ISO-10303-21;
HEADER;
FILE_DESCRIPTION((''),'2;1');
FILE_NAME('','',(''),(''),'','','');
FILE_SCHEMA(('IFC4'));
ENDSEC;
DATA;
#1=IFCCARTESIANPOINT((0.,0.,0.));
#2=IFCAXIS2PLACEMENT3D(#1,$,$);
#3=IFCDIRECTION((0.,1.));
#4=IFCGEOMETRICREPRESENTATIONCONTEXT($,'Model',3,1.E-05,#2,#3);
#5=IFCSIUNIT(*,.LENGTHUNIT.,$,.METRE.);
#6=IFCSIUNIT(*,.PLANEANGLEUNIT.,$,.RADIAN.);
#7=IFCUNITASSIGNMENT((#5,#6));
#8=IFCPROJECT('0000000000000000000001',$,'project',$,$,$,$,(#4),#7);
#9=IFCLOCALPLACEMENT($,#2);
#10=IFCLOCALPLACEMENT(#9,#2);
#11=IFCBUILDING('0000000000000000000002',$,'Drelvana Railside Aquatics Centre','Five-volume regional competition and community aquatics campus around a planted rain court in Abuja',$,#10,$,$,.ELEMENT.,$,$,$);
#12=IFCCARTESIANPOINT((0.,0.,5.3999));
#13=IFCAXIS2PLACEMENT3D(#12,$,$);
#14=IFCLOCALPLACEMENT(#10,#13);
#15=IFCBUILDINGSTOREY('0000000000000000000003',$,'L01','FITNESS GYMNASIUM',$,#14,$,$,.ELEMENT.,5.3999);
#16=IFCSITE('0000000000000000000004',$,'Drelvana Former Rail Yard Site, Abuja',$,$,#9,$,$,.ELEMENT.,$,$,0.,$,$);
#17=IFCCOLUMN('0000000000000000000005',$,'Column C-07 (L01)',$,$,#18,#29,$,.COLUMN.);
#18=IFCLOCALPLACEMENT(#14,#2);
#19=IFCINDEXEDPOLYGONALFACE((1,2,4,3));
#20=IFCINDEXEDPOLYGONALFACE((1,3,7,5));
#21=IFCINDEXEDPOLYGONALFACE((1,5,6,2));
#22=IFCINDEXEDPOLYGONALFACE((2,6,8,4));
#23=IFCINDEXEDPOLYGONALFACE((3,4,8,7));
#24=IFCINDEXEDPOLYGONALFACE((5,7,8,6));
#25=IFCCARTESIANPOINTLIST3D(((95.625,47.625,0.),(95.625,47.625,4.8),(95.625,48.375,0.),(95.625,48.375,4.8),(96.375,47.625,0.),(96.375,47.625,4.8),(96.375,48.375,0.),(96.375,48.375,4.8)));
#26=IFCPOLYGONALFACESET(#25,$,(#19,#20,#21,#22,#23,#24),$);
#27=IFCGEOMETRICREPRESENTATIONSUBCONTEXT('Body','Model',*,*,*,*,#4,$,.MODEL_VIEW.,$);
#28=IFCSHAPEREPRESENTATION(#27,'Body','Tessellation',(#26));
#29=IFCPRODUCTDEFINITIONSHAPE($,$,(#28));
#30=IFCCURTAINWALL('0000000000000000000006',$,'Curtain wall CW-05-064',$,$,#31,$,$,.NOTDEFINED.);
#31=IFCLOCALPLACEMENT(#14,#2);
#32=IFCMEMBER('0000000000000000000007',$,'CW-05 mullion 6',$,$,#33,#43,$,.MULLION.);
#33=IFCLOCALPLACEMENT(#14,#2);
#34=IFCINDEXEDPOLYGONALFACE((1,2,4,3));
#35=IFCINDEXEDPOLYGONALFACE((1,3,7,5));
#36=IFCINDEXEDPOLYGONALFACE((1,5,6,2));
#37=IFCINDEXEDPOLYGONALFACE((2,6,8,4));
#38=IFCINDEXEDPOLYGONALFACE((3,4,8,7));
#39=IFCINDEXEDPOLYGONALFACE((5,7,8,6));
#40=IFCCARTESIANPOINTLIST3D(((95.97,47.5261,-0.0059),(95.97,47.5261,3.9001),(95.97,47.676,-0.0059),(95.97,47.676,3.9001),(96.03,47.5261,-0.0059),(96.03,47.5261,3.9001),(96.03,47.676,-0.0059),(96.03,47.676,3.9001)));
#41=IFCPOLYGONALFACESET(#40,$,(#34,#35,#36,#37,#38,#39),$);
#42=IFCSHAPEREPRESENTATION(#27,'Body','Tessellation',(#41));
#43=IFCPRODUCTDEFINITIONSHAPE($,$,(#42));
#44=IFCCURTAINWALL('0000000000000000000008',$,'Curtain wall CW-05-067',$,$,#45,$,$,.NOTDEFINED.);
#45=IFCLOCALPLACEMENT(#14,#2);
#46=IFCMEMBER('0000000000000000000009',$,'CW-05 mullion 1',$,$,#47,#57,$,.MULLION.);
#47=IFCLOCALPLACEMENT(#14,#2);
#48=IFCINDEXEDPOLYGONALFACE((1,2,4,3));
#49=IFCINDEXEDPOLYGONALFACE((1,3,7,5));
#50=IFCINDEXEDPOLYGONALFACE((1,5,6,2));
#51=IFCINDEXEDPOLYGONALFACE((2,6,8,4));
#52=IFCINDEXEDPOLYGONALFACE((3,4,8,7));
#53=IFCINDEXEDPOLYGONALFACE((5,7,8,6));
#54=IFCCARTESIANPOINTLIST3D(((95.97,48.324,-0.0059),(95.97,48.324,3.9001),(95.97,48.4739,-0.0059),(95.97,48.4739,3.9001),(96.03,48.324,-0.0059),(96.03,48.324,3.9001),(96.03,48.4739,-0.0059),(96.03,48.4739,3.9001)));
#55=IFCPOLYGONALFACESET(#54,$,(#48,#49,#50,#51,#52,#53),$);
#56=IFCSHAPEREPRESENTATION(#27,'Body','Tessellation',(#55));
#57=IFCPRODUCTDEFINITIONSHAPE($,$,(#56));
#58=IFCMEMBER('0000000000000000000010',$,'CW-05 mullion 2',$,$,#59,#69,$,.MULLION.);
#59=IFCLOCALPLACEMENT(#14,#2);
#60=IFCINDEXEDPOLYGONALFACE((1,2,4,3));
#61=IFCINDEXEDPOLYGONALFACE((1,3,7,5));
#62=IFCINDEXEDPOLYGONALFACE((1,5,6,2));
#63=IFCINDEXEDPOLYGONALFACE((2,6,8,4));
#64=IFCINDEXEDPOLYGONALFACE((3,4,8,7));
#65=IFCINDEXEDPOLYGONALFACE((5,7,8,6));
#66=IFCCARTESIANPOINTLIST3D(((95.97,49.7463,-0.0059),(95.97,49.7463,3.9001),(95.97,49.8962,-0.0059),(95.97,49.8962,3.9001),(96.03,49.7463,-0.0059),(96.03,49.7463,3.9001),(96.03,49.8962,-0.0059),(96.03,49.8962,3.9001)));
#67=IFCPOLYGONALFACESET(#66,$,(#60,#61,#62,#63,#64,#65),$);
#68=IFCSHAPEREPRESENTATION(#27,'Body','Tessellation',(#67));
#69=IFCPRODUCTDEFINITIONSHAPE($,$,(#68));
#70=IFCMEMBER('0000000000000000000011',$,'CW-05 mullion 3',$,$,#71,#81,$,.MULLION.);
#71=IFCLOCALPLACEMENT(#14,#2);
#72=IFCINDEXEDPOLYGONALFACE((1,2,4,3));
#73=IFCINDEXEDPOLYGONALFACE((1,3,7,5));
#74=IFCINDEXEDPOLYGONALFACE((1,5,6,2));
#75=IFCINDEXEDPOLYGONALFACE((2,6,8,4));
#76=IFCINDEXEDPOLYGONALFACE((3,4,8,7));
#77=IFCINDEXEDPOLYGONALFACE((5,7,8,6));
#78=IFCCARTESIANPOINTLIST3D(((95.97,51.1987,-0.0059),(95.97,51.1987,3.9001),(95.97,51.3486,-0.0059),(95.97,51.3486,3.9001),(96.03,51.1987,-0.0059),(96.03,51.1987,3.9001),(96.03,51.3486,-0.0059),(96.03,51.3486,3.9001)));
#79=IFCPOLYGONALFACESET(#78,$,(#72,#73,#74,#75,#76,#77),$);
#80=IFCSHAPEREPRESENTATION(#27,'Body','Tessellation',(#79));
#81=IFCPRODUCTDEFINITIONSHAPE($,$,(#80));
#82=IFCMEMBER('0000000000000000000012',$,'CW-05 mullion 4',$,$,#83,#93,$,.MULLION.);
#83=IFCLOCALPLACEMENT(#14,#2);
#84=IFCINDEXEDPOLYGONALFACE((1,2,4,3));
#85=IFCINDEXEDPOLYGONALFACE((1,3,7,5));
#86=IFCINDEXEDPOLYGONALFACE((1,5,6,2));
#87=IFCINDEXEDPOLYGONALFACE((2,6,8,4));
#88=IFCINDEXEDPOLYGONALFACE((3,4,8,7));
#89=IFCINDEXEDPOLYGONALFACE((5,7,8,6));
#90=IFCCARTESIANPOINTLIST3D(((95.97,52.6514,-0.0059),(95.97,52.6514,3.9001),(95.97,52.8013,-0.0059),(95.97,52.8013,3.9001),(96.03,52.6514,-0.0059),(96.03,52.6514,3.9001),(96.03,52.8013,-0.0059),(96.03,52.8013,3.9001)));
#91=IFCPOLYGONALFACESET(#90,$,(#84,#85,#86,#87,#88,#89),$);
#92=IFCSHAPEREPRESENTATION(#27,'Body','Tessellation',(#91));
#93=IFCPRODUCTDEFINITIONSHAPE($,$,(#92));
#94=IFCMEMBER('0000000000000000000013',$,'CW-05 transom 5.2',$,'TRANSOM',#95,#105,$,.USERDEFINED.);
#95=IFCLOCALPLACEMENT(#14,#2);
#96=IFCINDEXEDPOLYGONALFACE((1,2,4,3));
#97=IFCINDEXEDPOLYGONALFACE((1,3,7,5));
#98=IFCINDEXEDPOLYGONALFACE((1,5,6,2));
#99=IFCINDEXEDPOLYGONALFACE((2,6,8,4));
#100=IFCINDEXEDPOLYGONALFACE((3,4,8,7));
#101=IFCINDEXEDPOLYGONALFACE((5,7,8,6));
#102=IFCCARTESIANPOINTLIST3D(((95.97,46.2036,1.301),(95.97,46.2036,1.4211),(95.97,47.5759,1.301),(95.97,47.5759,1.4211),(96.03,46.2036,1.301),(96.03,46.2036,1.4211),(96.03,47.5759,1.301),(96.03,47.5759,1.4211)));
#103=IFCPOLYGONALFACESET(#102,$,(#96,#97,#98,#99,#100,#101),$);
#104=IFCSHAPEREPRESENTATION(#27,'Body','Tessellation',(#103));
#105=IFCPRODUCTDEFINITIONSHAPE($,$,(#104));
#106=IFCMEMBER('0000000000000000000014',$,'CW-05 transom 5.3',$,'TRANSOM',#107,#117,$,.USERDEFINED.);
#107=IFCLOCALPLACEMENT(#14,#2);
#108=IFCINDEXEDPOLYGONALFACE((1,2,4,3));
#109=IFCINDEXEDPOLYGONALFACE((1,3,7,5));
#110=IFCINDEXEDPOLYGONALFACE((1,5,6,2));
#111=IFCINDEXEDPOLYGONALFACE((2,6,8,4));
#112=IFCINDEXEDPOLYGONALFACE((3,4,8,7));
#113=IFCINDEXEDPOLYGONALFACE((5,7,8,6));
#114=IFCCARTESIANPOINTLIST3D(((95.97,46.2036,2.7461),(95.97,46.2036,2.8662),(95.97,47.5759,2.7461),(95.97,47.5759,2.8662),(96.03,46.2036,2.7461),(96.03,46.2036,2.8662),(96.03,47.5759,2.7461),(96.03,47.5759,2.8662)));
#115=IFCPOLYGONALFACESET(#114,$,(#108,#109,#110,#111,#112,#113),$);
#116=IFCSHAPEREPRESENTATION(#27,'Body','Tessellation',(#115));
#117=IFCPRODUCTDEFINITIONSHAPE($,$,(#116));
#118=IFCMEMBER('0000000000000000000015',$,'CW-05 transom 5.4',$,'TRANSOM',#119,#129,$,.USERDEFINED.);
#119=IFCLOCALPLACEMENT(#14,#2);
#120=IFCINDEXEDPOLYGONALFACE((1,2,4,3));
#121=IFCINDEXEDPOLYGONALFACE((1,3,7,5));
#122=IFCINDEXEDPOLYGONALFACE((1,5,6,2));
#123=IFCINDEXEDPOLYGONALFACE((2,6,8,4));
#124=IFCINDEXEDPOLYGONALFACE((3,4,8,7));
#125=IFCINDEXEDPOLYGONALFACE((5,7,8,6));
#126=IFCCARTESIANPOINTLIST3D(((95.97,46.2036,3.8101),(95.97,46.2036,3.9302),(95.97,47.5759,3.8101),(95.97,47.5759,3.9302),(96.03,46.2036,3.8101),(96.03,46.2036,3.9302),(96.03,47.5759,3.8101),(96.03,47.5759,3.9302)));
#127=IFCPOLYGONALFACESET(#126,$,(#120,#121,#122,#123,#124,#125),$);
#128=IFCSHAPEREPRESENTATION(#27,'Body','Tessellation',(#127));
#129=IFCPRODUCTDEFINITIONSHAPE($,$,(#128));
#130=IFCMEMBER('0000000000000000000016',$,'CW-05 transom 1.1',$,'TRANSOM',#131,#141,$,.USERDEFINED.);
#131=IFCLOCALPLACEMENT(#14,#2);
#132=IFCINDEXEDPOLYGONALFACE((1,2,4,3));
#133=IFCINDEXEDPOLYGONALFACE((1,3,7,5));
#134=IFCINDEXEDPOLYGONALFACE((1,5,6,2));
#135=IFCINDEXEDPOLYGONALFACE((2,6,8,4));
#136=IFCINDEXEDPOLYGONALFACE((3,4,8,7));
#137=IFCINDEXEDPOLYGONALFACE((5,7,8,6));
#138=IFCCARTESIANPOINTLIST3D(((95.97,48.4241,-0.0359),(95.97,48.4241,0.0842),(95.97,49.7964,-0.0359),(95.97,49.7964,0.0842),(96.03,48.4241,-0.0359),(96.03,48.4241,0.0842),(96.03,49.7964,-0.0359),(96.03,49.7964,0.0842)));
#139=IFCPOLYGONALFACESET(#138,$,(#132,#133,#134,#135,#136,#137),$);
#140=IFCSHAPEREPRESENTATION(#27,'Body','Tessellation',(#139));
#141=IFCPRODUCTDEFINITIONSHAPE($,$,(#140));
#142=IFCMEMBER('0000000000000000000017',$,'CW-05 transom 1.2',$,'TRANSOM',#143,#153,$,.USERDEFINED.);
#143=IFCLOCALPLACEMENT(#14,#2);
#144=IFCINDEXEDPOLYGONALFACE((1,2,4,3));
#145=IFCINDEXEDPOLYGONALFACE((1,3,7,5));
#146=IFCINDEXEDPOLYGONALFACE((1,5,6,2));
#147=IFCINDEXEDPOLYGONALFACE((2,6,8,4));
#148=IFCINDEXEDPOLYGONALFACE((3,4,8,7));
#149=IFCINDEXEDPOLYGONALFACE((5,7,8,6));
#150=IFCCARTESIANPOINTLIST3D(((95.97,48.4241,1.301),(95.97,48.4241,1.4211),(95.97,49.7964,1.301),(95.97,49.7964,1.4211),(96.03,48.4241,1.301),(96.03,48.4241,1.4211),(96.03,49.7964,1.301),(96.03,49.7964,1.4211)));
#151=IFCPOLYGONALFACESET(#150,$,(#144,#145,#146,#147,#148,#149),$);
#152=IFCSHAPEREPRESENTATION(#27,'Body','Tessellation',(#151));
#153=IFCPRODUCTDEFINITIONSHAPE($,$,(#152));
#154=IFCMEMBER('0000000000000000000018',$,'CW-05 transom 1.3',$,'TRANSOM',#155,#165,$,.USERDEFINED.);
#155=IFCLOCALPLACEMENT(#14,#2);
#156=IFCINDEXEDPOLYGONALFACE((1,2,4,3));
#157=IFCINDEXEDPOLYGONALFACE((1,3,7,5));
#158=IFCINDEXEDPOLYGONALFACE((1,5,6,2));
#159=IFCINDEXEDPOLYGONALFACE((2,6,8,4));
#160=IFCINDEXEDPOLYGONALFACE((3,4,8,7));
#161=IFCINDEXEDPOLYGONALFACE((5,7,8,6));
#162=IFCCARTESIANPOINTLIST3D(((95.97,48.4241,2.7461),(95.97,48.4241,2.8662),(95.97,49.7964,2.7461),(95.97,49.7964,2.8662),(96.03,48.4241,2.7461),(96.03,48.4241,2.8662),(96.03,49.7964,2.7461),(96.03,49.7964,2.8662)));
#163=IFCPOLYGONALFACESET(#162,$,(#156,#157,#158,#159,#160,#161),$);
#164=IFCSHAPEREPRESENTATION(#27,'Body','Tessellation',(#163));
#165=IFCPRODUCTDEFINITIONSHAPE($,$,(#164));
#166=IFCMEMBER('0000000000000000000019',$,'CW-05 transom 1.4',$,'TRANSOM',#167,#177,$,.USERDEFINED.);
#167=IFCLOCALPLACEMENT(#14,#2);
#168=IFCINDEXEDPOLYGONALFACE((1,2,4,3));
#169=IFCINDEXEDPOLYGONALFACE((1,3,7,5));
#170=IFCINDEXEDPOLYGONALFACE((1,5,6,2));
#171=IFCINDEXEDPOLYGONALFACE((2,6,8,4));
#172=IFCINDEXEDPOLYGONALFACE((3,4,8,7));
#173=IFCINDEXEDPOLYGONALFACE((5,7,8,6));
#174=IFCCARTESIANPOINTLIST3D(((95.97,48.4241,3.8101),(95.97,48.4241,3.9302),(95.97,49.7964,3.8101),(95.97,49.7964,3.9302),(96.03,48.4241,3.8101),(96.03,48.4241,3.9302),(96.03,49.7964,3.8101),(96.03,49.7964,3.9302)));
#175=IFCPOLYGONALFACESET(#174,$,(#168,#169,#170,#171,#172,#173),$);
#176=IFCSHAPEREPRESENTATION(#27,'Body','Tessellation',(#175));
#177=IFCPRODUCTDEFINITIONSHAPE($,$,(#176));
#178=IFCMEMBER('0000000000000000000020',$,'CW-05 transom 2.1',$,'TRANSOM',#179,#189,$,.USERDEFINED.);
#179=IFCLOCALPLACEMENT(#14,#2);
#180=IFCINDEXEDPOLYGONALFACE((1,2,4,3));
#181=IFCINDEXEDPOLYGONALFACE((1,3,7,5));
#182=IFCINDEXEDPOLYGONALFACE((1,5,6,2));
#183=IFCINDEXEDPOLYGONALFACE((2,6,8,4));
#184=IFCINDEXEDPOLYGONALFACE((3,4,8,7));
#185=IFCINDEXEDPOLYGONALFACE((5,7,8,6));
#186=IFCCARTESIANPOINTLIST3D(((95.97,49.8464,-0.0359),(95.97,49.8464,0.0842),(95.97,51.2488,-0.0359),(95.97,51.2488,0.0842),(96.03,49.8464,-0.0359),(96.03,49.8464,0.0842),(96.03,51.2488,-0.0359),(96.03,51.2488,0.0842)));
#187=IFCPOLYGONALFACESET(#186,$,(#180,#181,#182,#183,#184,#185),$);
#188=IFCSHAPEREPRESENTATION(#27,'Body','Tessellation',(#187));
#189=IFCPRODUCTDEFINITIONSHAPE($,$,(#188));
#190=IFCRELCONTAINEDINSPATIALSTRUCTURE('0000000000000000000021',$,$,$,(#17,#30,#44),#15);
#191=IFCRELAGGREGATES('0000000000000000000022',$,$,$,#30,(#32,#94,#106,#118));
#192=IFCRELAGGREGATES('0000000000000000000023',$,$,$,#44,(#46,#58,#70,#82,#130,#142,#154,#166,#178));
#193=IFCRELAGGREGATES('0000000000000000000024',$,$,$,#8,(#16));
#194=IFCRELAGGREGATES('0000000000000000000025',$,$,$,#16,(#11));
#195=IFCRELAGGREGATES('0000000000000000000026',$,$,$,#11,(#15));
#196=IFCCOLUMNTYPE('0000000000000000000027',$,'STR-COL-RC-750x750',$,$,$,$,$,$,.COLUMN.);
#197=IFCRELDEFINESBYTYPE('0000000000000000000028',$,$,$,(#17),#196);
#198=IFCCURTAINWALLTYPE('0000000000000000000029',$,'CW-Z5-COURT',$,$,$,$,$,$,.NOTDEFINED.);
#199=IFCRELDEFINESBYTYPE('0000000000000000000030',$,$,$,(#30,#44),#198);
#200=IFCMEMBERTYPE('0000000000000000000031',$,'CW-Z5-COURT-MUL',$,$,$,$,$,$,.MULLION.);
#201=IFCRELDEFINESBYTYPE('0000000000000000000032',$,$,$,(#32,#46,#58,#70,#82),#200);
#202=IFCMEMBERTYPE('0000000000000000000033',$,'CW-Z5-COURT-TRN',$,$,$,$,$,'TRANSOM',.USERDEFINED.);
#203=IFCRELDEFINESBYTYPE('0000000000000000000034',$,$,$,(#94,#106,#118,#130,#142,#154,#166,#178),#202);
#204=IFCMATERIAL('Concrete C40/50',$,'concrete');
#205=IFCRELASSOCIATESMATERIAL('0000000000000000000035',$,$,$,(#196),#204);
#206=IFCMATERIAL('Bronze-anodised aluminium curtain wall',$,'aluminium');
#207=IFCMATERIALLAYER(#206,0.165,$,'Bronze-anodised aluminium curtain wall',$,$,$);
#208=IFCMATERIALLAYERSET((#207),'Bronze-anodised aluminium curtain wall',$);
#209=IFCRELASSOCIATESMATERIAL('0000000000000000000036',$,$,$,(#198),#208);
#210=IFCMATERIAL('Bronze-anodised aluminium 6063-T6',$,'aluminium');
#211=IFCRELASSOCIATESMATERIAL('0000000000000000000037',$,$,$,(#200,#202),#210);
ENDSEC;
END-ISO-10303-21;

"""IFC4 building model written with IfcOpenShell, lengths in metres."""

from ifc_helpers import new_model, si_unit, direction, frame, origin, origin_2d, place, context, subcontext, project, spatial, rectangle, extrude, material, layer, layer_set, material_profile, profile_set, type_object, element, aggregate, save


model = new_model("IFC4")

# Units and contexts
model_context = context("Model", 3, precision=1e-05, world=origin(), true_north=direction((0.0, 1.0)))
body_context = subcontext(model_context, "Body", "Model", "MODEL_VIEW")
ifc_project = project(units=[si_unit("LENGTHUNIT", "METRE"), si_unit("PLANEANGLEUNIT", "RADIAN")], contexts=[model_context])

# Site, building, storey
site_placement = place(None, origin())
site = spatial("IfcSite", under=ifc_project, at=site_placement, Name="Drelvana Former Rail Yard Site, Abuja", CompositionType="ELEMENT", RefElevation=0.0)
building_placement = place(site_placement, origin())
building = spatial("IfcBuilding", under=site, at=building_placement, Name="Drelvana Railside Aquatics Centre", Description="Five-volume regional competition and community aquatics campus around a planted rain court in Abuja", CompositionType="ELEMENT")
storey_placement = place(building_placement, frame((0.0, 0.0, 5.3999)))
storey = spatial("IfcBuildingStorey", under=building, at=storey_placement, Name="L01", Description="FITNESS GYMNASIUM", CompositionType="ELEMENT", Elevation=5.3999)

# Column
ifc_material_1 = material(Name="Concrete C40/50", Category="concrete")
ifc_material_profile_1 = material_profile(ifc_material_1, rectangle(XDim=0.75, YDim=0.75, at=origin_2d()), Name="RC 750x750")
ifc_profile_set_1 = profile_set([ifc_material_profile_1], Name="Concrete C40/50")
column_type = type_object("IfcColumnType", Name="STR-COL-RC-750x750", PredefinedType="COLUMN", material=ifc_profile_set_1)
column_placement = place(storey_placement, frame((96.0, 48.0, 0.0), z_axis=(0.0, 0.0, 1.0), x_axis=(1.0, 0.0, 0.0)))
element("IfcColumn", 1, at=column_placement, inside=storey, type_object=column_type, Name="Column C-07 (L01)", PredefinedType="COLUMN", context=body_context, shape_type="SweptSolid", body=[
    extrude(rectangle(XDim=0.75, YDim=0.75, at=origin_2d()), origin(), (0.0, 0.0, 1.0), 4.8),
])

# Curtain wall, member
ifc_material_2 = material(Name="Bronze-anodised aluminium curtain wall", Category="aluminium")
ifc_layer_1 = layer(ifc_material_2, 0.165, Name="Bronze-anodised aluminium curtain wall")
ifc_layer_set_1 = layer_set([ifc_layer_1], Name="Bronze-anodised aluminium curtain wall")
curtain_wall_type = type_object("IfcCurtainWallType", Name="CW-Z5-COURT", PredefinedType="NOTDEFINED", material=ifc_layer_set_1)
curtain_wall_1_placement = place(storey_placement, origin())
curtain_wall_1 = element("IfcCurtainWall", 2, at=curtain_wall_1_placement, inside=storey, type_object=curtain_wall_type, Name="Curtain wall CW-05-064", PredefinedType="NOTDEFINED")
ifc_material_3 = material(Name="Bronze-anodised aluminium 6063-T6", Category="aluminium")
ifc_material_profile_2 = material_profile(ifc_material_3, rectangle(XDim=0.0601, YDim=0.1499, at=origin_2d()), Name="ALU-M 60x150")
ifc_profile_set_2 = profile_set([ifc_material_profile_2], Name="Bronze-anodised aluminium 6063-T6")
member_type_1 = type_object("IfcMemberType", Name="CW-Z5-COURT-MUL", PredefinedType="MULLION", material=ifc_profile_set_2)
member_1_placement = place(storey_placement, frame((96.0, 47.6011, -0.0059), z_axis=(0.0, 0.0, 1.0), x_axis=(-1.0, 0.0, 0.0)))
member_1 = element("IfcMember", 3, at=member_1_placement, type_object=member_type_1, Name="CW-05 mullion 6", PredefinedType="MULLION", context=body_context, shape_type="SweptSolid", body=[
    extrude(rectangle(XDim=0.0601, YDim=0.1499, at=origin_2d()), origin(), (0.0, 0.0, 1.0), 3.906),
])

# Curtain wall, members
curtain_wall_2_placement = place(storey_placement, origin())
curtain_wall_2 = element("IfcCurtainWall", 4, at=curtain_wall_2_placement, inside=storey, type_object=curtain_wall_type, Name="Curtain wall CW-05-067", PredefinedType="NOTDEFINED")
member_2_placement = place(storey_placement, frame((96.0, 48.3989, -0.0059), z_axis=(0.0, 0.0, 1.0), x_axis=(-1.0, 0.0, 0.0)))
member_2 = element("IfcMember", 5, at=member_2_placement, type_object=member_type_1, Name="CW-05 mullion 1", PredefinedType="MULLION", context=body_context, shape_type="SweptSolid", body=[
    extrude(rectangle(XDim=0.0601, YDim=0.1499, at=origin_2d()), origin(), (0.0, 0.0, 1.0), 3.906),
])
member_3_placement = place(storey_placement, frame((96.0, 49.8213, -0.0059), z_axis=(0.0, 0.0, 1.0), x_axis=(-1.0, 0.0, 0.0)))
member_3 = element("IfcMember", 6, at=member_3_placement, type_object=member_type_1, Name="CW-05 mullion 2", PredefinedType="MULLION", context=body_context, shape_type="SweptSolid", body=[
    extrude(rectangle(XDim=0.0601, YDim=0.1499, at=origin_2d()), origin(), (0.0, 0.0, 1.0), 3.906),
])
member_4_placement = place(storey_placement, frame((96.0, 51.2737, -0.0059), z_axis=(0.0, 0.0, 1.0), x_axis=(-1.0, 0.0, 0.0)))
member_4 = element("IfcMember", 7, at=member_4_placement, type_object=member_type_1, Name="CW-05 mullion 3", PredefinedType="MULLION", context=body_context, shape_type="SweptSolid", body=[
    extrude(rectangle(XDim=0.0601, YDim=0.1499, at=origin_2d()), origin(), (0.0, 0.0, 1.0), 3.906),
])
member_5_placement = place(storey_placement, frame((96.0, 52.7263, -0.0059), z_axis=(0.0, 0.0, 1.0), x_axis=(-1.0, 0.0, 0.0)))
member_5 = element("IfcMember", 8, at=member_5_placement, type_object=member_type_1, Name="CW-05 mullion 4", PredefinedType="MULLION", context=body_context, shape_type="SweptSolid", body=[
    extrude(rectangle(XDim=0.0601, YDim=0.1499, at=origin_2d()), origin(), (0.0, 0.0, 1.0), 3.906),
])

# Members
ifc_material_profile_3 = material_profile(ifc_material_3, rectangle(XDim=0.1201, YDim=0.0601, at=origin_2d()), Name="ALU-T 60x120")
ifc_profile_set_3 = profile_set([ifc_material_profile_3], Name="Bronze-anodised aluminium 6063-T6")
member_type_2 = type_object("IfcMemberType", Name="CW-Z5-COURT-TRN", ElementType="TRANSOM", PredefinedType="USERDEFINED", material=ifc_profile_set_3)
member_6_placement = place(storey_placement, frame((96.0, 46.2036, 1.3611), z_axis=(0.0, 1.0, 0.0), x_axis=(0.0, 0.0, 1.0)))
member_6 = element("IfcMember", 9, at=member_6_placement, type_object=member_type_2, Name="CW-05 transom 5.2", ObjectType="TRANSOM", PredefinedType="USERDEFINED", context=body_context, shape_type="SweptSolid", body=[
    extrude(rectangle(XDim=0.1201, YDim=0.0601, at=origin_2d()), origin(), (0.0, 0.0, 1.0), 1.3723),
])
member_7_placement = place(storey_placement, frame((96.0, 46.2036, 2.8062), z_axis=(0.0, 1.0, 0.0), x_axis=(0.0, 0.0, 1.0)))
member_7 = element("IfcMember", 10, at=member_7_placement, type_object=member_type_2, Name="CW-05 transom 5.3", ObjectType="TRANSOM", PredefinedType="USERDEFINED", context=body_context, shape_type="SweptSolid", body=[
    extrude(rectangle(XDim=0.1201, YDim=0.0601, at=origin_2d()), origin(), (0.0, 0.0, 1.0), 1.3723),
])
member_8_placement = place(storey_placement, frame((96.0, 46.2036, 3.8701), z_axis=(0.0, 1.0, 0.0), x_axis=(0.0, 0.0, 1.0)))
member_8 = element("IfcMember", 11, at=member_8_placement, type_object=member_type_2, Name="CW-05 transom 5.4", ObjectType="TRANSOM", PredefinedType="USERDEFINED", context=body_context, shape_type="SweptSolid", body=[
    extrude(rectangle(XDim=0.1201, YDim=0.0601, at=origin_2d()), origin(), (0.0, 0.0, 1.0), 1.3723),
])
member_9_placement = place(storey_placement, frame((96.0, 48.4241, 0.0242), z_axis=(0.0, 1.0, 0.0), x_axis=(0.0, 0.0, 1.0)))
member_9 = element("IfcMember", 12, at=member_9_placement, type_object=member_type_2, Name="CW-05 transom 1.1", ObjectType="TRANSOM", PredefinedType="USERDEFINED", context=body_context, shape_type="SweptSolid", body=[
    extrude(rectangle(XDim=0.1201, YDim=0.0601, at=origin_2d()), origin(), (0.0, 0.0, 1.0), 1.3723),
])
member_10_placement = place(storey_placement, frame((96.0, 48.4241, 1.3611), z_axis=(0.0, 1.0, 0.0), x_axis=(0.0, 0.0, 1.0)))
member_10 = element("IfcMember", 13, at=member_10_placement, type_object=member_type_2, Name="CW-05 transom 1.2", ObjectType="TRANSOM", PredefinedType="USERDEFINED", context=body_context, shape_type="SweptSolid", body=[
    extrude(rectangle(XDim=0.1201, YDim=0.0601, at=origin_2d()), origin(), (0.0, 0.0, 1.0), 1.3723),
])
member_11_placement = place(storey_placement, frame((96.0, 48.4241, 2.8062), z_axis=(0.0, 1.0, 0.0), x_axis=(0.0, 0.0, 1.0)))
member_11 = element("IfcMember", 14, at=member_11_placement, type_object=member_type_2, Name="CW-05 transom 1.3", ObjectType="TRANSOM", PredefinedType="USERDEFINED", context=body_context, shape_type="SweptSolid", body=[
    extrude(rectangle(XDim=0.1201, YDim=0.0601, at=origin_2d()), origin(), (0.0, 0.0, 1.0), 1.3723),
])
member_12_placement = place(storey_placement, frame((96.0, 48.4241, 3.8701), z_axis=(0.0, 1.0, 0.0), x_axis=(0.0, 0.0, 1.0)))
member_12 = element("IfcMember", 15, at=member_12_placement, type_object=member_type_2, Name="CW-05 transom 1.4", ObjectType="TRANSOM", PredefinedType="USERDEFINED", context=body_context, shape_type="SweptSolid", body=[
    extrude(rectangle(XDim=0.1201, YDim=0.0601, at=origin_2d()), origin(), (0.0, 0.0, 1.0), 1.3723),
])
member_13_placement = place(storey_placement, frame((96.0, 49.8464, 0.0242), z_axis=(0.0, 1.0, 0.0), x_axis=(0.0, 0.0, 1.0)))
member_13 = element("IfcMember", 16, at=member_13_placement, type_object=member_type_2, Name="CW-05 transom 2.1", ObjectType="TRANSOM", PredefinedType="USERDEFINED", context=body_context, shape_type="SweptSolid", body=[
    extrude(rectangle(XDim=0.1201, YDim=0.0601, at=origin_2d()), origin(), (0.0, 0.0, 1.0), 1.4023),
])

aggregate(curtain_wall_1, [member_1, member_6, member_7, member_8])
aggregate(curtain_wall_2, [member_2, member_3, member_4, member_5, member_9, member_10, member_11, member_12, member_13])

save(model, "model.ifc")
